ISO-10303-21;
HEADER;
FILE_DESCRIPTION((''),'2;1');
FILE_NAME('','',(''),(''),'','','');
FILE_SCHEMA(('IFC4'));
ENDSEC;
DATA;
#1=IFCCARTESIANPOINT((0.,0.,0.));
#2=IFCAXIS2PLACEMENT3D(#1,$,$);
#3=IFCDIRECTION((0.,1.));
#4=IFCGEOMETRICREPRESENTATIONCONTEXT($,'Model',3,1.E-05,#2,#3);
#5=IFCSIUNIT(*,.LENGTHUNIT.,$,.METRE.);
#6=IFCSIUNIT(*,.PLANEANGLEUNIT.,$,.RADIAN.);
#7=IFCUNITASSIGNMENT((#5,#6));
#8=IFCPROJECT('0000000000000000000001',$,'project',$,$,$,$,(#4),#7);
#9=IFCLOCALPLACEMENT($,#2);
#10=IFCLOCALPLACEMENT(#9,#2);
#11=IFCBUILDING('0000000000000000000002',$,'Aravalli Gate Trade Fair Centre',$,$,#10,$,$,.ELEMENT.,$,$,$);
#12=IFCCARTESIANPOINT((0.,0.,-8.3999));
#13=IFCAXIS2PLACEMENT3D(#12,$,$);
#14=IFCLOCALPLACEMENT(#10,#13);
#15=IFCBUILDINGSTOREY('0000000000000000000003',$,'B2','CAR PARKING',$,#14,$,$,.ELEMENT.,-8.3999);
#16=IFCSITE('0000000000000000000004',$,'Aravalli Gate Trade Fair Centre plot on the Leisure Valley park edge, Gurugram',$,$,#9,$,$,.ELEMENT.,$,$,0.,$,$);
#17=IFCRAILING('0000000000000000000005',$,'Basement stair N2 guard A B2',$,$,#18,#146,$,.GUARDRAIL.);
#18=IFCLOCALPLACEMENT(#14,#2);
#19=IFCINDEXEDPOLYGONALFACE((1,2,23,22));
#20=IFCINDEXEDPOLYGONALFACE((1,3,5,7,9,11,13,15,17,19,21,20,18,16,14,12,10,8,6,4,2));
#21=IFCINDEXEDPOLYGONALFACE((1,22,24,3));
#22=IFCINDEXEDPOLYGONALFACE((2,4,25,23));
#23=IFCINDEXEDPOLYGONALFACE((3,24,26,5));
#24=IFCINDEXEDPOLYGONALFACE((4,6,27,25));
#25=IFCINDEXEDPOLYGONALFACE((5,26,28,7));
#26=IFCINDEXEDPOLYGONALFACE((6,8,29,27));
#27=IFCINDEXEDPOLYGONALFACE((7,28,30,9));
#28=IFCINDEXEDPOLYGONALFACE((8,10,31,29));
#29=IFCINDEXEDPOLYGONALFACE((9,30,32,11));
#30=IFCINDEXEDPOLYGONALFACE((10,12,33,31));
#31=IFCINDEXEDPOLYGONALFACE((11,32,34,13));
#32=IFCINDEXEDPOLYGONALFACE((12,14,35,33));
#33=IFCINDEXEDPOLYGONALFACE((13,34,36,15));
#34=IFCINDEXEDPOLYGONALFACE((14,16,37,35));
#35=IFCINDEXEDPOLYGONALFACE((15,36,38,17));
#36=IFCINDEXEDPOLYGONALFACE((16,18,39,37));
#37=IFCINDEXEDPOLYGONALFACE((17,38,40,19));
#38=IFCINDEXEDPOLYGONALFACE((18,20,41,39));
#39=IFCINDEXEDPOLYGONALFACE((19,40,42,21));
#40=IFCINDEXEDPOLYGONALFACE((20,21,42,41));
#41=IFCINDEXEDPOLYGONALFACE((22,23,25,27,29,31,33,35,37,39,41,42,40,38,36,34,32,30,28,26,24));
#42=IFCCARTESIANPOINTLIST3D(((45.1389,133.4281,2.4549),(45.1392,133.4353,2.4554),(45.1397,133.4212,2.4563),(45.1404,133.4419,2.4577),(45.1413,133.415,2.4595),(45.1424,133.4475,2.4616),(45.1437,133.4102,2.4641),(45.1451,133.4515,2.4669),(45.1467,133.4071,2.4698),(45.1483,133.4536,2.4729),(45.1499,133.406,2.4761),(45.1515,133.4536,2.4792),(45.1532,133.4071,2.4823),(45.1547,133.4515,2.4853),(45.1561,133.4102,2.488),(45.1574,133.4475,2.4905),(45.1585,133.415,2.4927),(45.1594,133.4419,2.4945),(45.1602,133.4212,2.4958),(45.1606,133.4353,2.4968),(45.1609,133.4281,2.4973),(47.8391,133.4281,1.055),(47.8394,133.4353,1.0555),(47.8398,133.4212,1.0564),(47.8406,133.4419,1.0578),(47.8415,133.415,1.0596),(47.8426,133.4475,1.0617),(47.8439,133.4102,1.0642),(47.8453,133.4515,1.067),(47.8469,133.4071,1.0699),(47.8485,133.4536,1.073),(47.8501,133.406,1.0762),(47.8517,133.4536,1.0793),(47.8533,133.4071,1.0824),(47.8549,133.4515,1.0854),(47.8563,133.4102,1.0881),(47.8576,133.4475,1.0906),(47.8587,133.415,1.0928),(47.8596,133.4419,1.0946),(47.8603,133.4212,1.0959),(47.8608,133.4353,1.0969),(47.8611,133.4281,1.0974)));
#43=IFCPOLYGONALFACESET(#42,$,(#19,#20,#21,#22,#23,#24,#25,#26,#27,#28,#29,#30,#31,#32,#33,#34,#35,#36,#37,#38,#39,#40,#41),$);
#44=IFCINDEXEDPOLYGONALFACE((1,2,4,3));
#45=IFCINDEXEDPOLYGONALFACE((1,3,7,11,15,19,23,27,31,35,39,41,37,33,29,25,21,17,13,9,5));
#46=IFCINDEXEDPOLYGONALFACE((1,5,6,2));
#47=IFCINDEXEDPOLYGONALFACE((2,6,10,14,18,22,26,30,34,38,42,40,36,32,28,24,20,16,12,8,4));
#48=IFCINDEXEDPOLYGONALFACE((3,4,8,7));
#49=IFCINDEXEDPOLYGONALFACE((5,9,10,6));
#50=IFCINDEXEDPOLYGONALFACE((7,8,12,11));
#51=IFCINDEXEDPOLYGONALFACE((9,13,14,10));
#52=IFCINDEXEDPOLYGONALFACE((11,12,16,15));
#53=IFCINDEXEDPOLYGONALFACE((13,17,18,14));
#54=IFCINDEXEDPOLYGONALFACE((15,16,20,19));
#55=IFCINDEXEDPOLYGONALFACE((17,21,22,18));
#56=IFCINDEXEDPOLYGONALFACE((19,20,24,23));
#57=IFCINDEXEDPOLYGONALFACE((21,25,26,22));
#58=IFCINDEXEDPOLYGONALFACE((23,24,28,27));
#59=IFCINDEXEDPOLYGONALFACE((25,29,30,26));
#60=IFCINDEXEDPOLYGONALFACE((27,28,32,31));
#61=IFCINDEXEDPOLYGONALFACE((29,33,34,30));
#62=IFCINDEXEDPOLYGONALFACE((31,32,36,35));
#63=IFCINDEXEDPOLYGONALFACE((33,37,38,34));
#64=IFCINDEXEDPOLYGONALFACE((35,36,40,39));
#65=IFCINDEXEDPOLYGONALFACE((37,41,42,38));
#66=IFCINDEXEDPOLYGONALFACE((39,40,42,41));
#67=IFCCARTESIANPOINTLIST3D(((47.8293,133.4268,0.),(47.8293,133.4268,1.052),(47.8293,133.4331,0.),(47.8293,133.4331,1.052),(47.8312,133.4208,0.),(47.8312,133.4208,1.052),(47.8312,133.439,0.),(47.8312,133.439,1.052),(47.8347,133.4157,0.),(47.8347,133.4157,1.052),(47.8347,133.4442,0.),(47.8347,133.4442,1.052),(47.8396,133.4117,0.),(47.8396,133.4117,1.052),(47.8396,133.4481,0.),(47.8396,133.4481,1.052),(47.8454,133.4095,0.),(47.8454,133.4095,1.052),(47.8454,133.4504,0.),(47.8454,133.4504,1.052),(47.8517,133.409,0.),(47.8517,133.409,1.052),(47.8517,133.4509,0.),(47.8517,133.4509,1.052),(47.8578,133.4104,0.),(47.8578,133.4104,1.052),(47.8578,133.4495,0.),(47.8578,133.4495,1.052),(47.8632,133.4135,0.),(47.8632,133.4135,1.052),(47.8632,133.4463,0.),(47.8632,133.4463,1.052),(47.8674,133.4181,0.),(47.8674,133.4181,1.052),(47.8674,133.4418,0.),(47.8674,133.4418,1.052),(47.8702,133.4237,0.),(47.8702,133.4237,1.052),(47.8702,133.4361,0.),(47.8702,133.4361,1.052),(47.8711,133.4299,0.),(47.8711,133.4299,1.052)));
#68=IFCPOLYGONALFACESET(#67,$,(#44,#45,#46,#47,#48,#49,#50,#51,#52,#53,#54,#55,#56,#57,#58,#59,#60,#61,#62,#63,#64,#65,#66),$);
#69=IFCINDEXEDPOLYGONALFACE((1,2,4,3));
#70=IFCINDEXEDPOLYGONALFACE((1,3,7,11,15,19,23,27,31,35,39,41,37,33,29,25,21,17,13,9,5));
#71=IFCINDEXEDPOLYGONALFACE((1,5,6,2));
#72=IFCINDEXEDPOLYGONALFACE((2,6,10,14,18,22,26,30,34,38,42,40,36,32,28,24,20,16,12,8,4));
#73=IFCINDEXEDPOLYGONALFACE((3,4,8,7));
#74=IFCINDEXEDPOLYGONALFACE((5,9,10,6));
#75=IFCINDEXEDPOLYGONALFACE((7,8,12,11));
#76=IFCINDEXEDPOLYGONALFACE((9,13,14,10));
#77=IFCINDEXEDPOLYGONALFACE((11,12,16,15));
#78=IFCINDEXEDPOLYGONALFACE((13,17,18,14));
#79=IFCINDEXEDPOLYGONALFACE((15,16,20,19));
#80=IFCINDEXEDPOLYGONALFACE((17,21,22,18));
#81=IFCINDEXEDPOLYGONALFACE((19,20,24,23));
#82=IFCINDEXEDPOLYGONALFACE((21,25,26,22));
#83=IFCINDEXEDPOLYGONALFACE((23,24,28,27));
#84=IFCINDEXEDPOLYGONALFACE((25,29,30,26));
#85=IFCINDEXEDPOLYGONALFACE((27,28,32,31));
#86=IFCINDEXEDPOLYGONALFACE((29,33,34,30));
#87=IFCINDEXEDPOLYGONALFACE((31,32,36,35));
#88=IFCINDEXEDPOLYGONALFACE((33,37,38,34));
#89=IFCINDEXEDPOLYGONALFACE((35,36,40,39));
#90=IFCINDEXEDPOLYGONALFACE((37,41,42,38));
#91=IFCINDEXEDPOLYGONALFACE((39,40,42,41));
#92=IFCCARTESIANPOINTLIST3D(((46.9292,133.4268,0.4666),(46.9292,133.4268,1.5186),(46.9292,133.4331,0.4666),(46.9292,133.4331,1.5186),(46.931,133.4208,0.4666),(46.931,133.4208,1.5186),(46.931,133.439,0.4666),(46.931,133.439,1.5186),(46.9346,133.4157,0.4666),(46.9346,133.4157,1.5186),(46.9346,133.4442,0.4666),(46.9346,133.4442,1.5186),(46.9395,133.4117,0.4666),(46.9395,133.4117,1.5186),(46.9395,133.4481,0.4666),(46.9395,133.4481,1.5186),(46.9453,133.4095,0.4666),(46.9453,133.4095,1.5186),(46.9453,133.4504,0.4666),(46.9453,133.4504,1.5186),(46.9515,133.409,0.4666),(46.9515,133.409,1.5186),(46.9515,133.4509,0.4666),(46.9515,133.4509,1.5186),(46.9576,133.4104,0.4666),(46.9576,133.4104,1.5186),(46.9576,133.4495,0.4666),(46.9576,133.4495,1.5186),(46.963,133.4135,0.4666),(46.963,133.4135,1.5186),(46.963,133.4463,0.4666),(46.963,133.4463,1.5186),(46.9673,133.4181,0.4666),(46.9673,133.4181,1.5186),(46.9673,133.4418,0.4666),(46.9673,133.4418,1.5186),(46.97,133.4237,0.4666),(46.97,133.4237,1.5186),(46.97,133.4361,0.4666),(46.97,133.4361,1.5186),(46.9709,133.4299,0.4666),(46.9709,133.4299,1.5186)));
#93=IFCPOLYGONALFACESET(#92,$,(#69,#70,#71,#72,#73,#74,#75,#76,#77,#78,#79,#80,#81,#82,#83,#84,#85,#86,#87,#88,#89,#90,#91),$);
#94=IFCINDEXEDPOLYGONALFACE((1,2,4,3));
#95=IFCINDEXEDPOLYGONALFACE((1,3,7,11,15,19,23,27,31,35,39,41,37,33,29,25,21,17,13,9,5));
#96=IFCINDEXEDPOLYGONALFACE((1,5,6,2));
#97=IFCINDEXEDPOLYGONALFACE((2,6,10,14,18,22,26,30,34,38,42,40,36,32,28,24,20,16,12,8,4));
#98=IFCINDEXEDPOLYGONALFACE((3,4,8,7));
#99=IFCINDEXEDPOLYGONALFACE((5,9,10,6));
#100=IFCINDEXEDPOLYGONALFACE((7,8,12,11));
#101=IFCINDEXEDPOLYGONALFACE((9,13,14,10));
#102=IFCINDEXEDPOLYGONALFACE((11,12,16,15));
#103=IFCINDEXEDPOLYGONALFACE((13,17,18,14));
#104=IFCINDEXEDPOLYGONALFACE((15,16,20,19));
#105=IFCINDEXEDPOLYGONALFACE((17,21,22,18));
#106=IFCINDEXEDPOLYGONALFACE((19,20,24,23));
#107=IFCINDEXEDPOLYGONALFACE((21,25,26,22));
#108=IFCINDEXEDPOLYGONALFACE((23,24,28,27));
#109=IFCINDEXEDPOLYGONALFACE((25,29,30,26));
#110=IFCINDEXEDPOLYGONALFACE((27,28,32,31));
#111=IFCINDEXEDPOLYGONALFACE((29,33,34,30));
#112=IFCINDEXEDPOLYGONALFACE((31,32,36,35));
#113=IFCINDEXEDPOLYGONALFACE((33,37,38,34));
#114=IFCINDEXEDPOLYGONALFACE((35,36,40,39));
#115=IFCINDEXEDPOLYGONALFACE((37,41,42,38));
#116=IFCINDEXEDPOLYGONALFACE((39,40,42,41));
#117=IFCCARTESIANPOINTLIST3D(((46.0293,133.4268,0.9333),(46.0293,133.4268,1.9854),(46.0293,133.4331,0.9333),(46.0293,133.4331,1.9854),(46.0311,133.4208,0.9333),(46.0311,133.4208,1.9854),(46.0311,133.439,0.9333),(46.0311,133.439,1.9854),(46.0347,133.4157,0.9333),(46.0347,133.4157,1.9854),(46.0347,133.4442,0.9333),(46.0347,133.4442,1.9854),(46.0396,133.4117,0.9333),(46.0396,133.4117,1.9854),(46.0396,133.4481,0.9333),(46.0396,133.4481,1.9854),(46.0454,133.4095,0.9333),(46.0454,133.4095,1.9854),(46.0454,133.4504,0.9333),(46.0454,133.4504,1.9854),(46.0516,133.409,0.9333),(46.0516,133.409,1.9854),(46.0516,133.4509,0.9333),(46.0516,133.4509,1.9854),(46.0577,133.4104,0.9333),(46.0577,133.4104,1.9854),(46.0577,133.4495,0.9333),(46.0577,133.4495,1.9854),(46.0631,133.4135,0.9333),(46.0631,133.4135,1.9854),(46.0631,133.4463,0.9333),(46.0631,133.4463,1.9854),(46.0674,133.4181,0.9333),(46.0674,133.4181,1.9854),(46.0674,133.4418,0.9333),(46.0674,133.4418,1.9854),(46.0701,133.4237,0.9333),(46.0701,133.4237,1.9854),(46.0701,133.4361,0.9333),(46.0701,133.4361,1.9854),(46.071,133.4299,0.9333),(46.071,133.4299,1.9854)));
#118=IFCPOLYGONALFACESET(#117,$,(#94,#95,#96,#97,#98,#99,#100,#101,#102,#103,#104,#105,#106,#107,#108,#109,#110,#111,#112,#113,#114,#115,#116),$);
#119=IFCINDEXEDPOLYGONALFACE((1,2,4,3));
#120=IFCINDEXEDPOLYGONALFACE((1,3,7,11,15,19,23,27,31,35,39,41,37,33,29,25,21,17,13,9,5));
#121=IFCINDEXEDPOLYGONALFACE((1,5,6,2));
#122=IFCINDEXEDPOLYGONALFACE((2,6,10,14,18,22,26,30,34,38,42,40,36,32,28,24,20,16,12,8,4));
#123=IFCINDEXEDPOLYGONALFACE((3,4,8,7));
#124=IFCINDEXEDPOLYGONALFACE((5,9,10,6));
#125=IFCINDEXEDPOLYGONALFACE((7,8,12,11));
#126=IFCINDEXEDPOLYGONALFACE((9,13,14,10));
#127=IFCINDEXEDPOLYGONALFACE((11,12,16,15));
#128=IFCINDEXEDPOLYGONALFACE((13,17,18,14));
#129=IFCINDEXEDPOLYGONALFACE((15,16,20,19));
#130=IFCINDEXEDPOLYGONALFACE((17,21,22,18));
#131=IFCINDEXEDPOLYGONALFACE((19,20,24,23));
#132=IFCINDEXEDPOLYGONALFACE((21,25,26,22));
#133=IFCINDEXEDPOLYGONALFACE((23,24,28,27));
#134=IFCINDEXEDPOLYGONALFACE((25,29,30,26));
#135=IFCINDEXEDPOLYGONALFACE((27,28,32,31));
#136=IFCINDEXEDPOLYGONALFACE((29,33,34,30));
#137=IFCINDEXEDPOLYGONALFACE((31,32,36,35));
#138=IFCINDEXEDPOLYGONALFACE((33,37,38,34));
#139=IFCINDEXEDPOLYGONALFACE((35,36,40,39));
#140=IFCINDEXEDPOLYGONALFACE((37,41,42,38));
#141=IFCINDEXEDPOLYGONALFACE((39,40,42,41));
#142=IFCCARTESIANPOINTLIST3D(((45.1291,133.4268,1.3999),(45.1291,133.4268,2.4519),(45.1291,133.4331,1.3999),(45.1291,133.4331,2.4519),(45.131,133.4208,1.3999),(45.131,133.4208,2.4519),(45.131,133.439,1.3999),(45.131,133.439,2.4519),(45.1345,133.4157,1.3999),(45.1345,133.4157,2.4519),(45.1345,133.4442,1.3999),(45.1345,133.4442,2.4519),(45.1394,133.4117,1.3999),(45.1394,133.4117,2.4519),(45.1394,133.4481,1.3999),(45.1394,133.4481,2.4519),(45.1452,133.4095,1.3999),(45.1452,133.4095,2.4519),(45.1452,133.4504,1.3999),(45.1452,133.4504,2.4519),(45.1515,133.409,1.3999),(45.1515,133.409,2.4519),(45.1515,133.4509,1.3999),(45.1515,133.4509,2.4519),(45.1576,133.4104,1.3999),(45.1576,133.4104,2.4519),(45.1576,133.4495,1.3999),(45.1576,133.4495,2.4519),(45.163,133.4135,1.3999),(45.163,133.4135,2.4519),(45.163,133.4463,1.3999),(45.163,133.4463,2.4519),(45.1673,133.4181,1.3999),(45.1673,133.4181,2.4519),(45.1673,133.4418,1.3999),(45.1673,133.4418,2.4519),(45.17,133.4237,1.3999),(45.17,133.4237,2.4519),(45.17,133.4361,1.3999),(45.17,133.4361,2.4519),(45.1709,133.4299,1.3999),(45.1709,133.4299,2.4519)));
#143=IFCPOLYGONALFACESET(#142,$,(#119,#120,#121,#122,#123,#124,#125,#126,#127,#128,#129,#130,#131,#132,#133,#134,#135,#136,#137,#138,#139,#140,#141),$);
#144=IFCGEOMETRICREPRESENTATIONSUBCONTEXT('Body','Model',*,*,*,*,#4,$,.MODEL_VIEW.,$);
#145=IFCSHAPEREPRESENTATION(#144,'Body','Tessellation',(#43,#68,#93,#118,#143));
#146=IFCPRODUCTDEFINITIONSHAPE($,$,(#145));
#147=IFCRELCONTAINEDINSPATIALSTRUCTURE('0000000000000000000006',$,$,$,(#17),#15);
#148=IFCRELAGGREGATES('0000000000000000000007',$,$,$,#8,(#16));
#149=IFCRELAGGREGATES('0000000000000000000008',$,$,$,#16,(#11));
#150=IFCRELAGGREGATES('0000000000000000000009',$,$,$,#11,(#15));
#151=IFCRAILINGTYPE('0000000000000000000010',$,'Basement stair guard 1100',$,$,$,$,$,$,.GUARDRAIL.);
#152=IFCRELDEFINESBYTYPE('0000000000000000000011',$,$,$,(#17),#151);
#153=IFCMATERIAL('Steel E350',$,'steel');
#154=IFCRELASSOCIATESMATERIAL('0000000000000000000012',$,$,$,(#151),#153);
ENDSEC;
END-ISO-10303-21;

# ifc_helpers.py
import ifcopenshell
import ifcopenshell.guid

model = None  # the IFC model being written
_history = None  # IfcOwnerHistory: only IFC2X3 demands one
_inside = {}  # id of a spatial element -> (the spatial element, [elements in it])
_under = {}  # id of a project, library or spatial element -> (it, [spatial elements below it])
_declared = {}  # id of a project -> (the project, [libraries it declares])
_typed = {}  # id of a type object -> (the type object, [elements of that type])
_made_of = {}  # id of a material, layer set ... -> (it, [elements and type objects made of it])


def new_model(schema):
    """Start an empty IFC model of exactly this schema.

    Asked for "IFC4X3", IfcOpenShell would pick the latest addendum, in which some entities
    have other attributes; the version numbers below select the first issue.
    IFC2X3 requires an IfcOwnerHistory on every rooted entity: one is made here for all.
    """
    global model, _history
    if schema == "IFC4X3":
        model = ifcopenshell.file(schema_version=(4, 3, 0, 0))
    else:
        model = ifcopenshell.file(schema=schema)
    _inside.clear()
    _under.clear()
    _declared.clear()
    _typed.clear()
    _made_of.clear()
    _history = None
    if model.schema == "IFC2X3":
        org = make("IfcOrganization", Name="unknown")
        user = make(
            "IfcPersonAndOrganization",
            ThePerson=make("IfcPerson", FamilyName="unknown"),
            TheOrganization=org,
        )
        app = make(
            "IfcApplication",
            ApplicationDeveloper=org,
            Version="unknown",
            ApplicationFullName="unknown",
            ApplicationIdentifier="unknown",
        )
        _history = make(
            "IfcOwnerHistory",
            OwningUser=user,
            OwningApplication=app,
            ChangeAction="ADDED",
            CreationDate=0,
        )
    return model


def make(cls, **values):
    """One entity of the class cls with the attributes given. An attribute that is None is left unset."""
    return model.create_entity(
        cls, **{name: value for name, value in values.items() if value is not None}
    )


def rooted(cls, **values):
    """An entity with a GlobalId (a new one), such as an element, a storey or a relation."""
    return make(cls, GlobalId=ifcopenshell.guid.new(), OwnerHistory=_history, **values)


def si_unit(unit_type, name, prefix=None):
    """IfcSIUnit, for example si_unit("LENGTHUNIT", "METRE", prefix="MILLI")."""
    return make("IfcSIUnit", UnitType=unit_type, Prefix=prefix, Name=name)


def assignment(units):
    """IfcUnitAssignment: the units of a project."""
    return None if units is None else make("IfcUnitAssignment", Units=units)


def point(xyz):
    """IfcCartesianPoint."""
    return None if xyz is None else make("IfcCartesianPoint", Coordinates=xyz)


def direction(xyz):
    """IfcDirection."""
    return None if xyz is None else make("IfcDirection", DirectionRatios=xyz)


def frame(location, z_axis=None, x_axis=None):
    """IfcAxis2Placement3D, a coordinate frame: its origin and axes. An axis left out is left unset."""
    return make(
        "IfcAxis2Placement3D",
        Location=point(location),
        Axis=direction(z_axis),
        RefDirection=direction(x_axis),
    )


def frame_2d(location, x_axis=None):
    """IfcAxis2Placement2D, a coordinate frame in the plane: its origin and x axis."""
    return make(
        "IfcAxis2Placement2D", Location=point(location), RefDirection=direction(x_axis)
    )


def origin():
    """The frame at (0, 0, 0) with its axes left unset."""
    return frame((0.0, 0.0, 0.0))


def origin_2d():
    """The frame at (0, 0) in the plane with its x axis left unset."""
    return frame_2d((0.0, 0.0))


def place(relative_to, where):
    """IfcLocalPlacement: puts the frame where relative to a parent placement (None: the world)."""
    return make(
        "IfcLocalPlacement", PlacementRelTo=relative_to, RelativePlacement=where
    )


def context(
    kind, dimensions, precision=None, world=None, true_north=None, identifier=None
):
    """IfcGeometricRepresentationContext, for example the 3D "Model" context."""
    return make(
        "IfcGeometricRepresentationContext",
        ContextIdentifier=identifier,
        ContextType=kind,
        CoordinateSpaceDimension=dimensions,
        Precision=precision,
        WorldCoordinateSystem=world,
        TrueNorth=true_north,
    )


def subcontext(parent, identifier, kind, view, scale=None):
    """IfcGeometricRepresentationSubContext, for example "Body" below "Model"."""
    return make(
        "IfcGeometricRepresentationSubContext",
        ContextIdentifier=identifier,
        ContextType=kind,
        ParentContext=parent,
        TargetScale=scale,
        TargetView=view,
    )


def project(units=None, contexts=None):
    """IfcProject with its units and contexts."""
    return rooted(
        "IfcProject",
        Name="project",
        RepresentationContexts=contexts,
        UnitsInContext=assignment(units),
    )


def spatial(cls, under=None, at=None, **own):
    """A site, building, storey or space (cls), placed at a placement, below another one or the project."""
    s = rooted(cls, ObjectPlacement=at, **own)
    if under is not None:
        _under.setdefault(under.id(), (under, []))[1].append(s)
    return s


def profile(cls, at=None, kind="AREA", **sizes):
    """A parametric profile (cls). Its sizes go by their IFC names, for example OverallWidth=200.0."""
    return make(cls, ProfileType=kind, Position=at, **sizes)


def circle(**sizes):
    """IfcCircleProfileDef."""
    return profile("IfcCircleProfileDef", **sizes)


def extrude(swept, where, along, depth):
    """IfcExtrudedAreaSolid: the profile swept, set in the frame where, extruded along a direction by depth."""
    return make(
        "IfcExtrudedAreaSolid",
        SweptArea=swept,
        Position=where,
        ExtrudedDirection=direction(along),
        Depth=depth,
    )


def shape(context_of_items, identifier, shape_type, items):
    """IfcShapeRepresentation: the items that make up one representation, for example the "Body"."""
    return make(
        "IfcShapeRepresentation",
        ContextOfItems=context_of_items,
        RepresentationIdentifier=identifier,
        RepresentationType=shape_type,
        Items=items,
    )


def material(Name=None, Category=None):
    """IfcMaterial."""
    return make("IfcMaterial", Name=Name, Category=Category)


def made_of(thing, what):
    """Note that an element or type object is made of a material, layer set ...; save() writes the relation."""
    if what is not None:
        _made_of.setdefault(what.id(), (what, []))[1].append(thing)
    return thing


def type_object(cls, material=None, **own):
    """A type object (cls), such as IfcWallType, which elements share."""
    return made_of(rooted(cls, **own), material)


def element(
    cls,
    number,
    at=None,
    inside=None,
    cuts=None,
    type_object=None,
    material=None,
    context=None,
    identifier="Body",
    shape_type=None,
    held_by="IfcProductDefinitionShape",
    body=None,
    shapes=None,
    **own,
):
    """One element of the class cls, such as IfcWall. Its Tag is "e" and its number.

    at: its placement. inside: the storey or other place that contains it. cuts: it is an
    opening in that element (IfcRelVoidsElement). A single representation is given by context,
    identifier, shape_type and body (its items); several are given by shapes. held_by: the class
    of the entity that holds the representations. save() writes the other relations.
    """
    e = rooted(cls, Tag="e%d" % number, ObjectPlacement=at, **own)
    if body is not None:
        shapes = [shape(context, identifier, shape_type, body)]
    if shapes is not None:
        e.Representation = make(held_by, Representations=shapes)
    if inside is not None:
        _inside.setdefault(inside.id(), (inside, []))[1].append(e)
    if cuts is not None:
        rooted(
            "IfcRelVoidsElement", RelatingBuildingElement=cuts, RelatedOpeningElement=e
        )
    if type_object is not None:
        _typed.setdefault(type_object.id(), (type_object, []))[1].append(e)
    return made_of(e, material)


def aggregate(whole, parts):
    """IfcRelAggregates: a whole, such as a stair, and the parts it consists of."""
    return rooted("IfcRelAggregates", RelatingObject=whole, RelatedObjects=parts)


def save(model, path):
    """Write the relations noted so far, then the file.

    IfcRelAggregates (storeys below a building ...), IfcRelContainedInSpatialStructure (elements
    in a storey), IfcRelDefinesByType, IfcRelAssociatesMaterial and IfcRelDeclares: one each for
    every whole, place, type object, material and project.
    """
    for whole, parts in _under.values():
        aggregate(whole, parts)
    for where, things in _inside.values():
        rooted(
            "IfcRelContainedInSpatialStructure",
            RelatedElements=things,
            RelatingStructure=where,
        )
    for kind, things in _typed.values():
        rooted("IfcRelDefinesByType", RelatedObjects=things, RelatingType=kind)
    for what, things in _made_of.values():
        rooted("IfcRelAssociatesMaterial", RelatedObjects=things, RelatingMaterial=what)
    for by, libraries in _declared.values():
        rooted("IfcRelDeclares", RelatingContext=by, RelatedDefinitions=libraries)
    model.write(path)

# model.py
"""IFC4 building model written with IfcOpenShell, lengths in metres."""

from ifc_helpers import new_model, si_unit, direction, frame, origin, origin_2d, place, context, subcontext, project, spatial, circle, extrude, material, type_object, element, save


model = new_model("IFC4")

# Units and contexts
model_context = context("Model", 3, precision=1e-05, world=origin(), true_north=direction((0.0, 1.0)))
body_context = subcontext(model_context, "Body", "Model", "MODEL_VIEW")
ifc_project = project(units=[si_unit("LENGTHUNIT", "METRE"), si_unit("PLANEANGLEUNIT", "RADIAN")], contexts=[model_context])

# Site, building, storey
site_placement = place(None, origin())
site = spatial("IfcSite", under=ifc_project, at=site_placement, Name="Aravalli Gate Trade Fair Centre plot on the Leisure Valley park edge, Gurugram", CompositionType="ELEMENT", RefElevation=0.0)
building_placement = place(site_placement, origin())
building = spatial("IfcBuilding", under=site, at=building_placement, Name="Aravalli Gate Trade Fair Centre", CompositionType="ELEMENT")
storey_placement = place(building_placement, frame((0.0, 0.0, -8.3999)))
storey = spatial("IfcBuildingStorey", under=building, at=storey_placement, Name="B2", Description="CAR PARKING", CompositionType="ELEMENT", Elevation=-8.3999)

# Railing
ifc_material_1 = material(Name="Steel E350", Category="steel")
railing_type_1 = type_object("IfcRailingType", Name="Basement stair guard 1100", PredefinedType="GUARDRAIL", material=ifc_material_1)
railing_1_placement = place(storey_placement, frame((47.8501, 133.4299, 0.0)))
element("IfcRailing", 1, at=railing_1_placement, inside=storey, type_object=railing_type_1, Name="Basement stair N2 guard A B2", PredefinedType="GUARDRAIL", context=body_context, shape_type="SweptSolid", body=[
    extrude(circle(Radius=0.0239, at=origin_2d()), frame((0.0, 0.0, 1.0762), z_axis=(-0.887781, 0.0, 0.460266), x_axis=(0.0, -1.0, 0.0)), (0.0, 0.0, 1.0), 3.0415),
    extrude(circle(Radius=0.021, at=origin_2d()), origin(), (0.0, 0.0, 1.0), 1.052),
    extrude(circle(Radius=0.021, at=origin_2d()), frame((-0.9001, 0.0, 0.4666)), (0.0, 0.0, 1.0), 1.052),
    extrude(circle(Radius=0.021, at=origin_2d()), frame((-1.8, 0.0, 0.9333)), (0.0, 0.0, 1.0), 1.052),
    extrude(circle(Radius=0.021, at=origin_2d()), frame((-2.7002, 0.0, 1.3999)), (0.0, 0.0, 1.0), 1.052),
])

save(model, "model.ifc")
